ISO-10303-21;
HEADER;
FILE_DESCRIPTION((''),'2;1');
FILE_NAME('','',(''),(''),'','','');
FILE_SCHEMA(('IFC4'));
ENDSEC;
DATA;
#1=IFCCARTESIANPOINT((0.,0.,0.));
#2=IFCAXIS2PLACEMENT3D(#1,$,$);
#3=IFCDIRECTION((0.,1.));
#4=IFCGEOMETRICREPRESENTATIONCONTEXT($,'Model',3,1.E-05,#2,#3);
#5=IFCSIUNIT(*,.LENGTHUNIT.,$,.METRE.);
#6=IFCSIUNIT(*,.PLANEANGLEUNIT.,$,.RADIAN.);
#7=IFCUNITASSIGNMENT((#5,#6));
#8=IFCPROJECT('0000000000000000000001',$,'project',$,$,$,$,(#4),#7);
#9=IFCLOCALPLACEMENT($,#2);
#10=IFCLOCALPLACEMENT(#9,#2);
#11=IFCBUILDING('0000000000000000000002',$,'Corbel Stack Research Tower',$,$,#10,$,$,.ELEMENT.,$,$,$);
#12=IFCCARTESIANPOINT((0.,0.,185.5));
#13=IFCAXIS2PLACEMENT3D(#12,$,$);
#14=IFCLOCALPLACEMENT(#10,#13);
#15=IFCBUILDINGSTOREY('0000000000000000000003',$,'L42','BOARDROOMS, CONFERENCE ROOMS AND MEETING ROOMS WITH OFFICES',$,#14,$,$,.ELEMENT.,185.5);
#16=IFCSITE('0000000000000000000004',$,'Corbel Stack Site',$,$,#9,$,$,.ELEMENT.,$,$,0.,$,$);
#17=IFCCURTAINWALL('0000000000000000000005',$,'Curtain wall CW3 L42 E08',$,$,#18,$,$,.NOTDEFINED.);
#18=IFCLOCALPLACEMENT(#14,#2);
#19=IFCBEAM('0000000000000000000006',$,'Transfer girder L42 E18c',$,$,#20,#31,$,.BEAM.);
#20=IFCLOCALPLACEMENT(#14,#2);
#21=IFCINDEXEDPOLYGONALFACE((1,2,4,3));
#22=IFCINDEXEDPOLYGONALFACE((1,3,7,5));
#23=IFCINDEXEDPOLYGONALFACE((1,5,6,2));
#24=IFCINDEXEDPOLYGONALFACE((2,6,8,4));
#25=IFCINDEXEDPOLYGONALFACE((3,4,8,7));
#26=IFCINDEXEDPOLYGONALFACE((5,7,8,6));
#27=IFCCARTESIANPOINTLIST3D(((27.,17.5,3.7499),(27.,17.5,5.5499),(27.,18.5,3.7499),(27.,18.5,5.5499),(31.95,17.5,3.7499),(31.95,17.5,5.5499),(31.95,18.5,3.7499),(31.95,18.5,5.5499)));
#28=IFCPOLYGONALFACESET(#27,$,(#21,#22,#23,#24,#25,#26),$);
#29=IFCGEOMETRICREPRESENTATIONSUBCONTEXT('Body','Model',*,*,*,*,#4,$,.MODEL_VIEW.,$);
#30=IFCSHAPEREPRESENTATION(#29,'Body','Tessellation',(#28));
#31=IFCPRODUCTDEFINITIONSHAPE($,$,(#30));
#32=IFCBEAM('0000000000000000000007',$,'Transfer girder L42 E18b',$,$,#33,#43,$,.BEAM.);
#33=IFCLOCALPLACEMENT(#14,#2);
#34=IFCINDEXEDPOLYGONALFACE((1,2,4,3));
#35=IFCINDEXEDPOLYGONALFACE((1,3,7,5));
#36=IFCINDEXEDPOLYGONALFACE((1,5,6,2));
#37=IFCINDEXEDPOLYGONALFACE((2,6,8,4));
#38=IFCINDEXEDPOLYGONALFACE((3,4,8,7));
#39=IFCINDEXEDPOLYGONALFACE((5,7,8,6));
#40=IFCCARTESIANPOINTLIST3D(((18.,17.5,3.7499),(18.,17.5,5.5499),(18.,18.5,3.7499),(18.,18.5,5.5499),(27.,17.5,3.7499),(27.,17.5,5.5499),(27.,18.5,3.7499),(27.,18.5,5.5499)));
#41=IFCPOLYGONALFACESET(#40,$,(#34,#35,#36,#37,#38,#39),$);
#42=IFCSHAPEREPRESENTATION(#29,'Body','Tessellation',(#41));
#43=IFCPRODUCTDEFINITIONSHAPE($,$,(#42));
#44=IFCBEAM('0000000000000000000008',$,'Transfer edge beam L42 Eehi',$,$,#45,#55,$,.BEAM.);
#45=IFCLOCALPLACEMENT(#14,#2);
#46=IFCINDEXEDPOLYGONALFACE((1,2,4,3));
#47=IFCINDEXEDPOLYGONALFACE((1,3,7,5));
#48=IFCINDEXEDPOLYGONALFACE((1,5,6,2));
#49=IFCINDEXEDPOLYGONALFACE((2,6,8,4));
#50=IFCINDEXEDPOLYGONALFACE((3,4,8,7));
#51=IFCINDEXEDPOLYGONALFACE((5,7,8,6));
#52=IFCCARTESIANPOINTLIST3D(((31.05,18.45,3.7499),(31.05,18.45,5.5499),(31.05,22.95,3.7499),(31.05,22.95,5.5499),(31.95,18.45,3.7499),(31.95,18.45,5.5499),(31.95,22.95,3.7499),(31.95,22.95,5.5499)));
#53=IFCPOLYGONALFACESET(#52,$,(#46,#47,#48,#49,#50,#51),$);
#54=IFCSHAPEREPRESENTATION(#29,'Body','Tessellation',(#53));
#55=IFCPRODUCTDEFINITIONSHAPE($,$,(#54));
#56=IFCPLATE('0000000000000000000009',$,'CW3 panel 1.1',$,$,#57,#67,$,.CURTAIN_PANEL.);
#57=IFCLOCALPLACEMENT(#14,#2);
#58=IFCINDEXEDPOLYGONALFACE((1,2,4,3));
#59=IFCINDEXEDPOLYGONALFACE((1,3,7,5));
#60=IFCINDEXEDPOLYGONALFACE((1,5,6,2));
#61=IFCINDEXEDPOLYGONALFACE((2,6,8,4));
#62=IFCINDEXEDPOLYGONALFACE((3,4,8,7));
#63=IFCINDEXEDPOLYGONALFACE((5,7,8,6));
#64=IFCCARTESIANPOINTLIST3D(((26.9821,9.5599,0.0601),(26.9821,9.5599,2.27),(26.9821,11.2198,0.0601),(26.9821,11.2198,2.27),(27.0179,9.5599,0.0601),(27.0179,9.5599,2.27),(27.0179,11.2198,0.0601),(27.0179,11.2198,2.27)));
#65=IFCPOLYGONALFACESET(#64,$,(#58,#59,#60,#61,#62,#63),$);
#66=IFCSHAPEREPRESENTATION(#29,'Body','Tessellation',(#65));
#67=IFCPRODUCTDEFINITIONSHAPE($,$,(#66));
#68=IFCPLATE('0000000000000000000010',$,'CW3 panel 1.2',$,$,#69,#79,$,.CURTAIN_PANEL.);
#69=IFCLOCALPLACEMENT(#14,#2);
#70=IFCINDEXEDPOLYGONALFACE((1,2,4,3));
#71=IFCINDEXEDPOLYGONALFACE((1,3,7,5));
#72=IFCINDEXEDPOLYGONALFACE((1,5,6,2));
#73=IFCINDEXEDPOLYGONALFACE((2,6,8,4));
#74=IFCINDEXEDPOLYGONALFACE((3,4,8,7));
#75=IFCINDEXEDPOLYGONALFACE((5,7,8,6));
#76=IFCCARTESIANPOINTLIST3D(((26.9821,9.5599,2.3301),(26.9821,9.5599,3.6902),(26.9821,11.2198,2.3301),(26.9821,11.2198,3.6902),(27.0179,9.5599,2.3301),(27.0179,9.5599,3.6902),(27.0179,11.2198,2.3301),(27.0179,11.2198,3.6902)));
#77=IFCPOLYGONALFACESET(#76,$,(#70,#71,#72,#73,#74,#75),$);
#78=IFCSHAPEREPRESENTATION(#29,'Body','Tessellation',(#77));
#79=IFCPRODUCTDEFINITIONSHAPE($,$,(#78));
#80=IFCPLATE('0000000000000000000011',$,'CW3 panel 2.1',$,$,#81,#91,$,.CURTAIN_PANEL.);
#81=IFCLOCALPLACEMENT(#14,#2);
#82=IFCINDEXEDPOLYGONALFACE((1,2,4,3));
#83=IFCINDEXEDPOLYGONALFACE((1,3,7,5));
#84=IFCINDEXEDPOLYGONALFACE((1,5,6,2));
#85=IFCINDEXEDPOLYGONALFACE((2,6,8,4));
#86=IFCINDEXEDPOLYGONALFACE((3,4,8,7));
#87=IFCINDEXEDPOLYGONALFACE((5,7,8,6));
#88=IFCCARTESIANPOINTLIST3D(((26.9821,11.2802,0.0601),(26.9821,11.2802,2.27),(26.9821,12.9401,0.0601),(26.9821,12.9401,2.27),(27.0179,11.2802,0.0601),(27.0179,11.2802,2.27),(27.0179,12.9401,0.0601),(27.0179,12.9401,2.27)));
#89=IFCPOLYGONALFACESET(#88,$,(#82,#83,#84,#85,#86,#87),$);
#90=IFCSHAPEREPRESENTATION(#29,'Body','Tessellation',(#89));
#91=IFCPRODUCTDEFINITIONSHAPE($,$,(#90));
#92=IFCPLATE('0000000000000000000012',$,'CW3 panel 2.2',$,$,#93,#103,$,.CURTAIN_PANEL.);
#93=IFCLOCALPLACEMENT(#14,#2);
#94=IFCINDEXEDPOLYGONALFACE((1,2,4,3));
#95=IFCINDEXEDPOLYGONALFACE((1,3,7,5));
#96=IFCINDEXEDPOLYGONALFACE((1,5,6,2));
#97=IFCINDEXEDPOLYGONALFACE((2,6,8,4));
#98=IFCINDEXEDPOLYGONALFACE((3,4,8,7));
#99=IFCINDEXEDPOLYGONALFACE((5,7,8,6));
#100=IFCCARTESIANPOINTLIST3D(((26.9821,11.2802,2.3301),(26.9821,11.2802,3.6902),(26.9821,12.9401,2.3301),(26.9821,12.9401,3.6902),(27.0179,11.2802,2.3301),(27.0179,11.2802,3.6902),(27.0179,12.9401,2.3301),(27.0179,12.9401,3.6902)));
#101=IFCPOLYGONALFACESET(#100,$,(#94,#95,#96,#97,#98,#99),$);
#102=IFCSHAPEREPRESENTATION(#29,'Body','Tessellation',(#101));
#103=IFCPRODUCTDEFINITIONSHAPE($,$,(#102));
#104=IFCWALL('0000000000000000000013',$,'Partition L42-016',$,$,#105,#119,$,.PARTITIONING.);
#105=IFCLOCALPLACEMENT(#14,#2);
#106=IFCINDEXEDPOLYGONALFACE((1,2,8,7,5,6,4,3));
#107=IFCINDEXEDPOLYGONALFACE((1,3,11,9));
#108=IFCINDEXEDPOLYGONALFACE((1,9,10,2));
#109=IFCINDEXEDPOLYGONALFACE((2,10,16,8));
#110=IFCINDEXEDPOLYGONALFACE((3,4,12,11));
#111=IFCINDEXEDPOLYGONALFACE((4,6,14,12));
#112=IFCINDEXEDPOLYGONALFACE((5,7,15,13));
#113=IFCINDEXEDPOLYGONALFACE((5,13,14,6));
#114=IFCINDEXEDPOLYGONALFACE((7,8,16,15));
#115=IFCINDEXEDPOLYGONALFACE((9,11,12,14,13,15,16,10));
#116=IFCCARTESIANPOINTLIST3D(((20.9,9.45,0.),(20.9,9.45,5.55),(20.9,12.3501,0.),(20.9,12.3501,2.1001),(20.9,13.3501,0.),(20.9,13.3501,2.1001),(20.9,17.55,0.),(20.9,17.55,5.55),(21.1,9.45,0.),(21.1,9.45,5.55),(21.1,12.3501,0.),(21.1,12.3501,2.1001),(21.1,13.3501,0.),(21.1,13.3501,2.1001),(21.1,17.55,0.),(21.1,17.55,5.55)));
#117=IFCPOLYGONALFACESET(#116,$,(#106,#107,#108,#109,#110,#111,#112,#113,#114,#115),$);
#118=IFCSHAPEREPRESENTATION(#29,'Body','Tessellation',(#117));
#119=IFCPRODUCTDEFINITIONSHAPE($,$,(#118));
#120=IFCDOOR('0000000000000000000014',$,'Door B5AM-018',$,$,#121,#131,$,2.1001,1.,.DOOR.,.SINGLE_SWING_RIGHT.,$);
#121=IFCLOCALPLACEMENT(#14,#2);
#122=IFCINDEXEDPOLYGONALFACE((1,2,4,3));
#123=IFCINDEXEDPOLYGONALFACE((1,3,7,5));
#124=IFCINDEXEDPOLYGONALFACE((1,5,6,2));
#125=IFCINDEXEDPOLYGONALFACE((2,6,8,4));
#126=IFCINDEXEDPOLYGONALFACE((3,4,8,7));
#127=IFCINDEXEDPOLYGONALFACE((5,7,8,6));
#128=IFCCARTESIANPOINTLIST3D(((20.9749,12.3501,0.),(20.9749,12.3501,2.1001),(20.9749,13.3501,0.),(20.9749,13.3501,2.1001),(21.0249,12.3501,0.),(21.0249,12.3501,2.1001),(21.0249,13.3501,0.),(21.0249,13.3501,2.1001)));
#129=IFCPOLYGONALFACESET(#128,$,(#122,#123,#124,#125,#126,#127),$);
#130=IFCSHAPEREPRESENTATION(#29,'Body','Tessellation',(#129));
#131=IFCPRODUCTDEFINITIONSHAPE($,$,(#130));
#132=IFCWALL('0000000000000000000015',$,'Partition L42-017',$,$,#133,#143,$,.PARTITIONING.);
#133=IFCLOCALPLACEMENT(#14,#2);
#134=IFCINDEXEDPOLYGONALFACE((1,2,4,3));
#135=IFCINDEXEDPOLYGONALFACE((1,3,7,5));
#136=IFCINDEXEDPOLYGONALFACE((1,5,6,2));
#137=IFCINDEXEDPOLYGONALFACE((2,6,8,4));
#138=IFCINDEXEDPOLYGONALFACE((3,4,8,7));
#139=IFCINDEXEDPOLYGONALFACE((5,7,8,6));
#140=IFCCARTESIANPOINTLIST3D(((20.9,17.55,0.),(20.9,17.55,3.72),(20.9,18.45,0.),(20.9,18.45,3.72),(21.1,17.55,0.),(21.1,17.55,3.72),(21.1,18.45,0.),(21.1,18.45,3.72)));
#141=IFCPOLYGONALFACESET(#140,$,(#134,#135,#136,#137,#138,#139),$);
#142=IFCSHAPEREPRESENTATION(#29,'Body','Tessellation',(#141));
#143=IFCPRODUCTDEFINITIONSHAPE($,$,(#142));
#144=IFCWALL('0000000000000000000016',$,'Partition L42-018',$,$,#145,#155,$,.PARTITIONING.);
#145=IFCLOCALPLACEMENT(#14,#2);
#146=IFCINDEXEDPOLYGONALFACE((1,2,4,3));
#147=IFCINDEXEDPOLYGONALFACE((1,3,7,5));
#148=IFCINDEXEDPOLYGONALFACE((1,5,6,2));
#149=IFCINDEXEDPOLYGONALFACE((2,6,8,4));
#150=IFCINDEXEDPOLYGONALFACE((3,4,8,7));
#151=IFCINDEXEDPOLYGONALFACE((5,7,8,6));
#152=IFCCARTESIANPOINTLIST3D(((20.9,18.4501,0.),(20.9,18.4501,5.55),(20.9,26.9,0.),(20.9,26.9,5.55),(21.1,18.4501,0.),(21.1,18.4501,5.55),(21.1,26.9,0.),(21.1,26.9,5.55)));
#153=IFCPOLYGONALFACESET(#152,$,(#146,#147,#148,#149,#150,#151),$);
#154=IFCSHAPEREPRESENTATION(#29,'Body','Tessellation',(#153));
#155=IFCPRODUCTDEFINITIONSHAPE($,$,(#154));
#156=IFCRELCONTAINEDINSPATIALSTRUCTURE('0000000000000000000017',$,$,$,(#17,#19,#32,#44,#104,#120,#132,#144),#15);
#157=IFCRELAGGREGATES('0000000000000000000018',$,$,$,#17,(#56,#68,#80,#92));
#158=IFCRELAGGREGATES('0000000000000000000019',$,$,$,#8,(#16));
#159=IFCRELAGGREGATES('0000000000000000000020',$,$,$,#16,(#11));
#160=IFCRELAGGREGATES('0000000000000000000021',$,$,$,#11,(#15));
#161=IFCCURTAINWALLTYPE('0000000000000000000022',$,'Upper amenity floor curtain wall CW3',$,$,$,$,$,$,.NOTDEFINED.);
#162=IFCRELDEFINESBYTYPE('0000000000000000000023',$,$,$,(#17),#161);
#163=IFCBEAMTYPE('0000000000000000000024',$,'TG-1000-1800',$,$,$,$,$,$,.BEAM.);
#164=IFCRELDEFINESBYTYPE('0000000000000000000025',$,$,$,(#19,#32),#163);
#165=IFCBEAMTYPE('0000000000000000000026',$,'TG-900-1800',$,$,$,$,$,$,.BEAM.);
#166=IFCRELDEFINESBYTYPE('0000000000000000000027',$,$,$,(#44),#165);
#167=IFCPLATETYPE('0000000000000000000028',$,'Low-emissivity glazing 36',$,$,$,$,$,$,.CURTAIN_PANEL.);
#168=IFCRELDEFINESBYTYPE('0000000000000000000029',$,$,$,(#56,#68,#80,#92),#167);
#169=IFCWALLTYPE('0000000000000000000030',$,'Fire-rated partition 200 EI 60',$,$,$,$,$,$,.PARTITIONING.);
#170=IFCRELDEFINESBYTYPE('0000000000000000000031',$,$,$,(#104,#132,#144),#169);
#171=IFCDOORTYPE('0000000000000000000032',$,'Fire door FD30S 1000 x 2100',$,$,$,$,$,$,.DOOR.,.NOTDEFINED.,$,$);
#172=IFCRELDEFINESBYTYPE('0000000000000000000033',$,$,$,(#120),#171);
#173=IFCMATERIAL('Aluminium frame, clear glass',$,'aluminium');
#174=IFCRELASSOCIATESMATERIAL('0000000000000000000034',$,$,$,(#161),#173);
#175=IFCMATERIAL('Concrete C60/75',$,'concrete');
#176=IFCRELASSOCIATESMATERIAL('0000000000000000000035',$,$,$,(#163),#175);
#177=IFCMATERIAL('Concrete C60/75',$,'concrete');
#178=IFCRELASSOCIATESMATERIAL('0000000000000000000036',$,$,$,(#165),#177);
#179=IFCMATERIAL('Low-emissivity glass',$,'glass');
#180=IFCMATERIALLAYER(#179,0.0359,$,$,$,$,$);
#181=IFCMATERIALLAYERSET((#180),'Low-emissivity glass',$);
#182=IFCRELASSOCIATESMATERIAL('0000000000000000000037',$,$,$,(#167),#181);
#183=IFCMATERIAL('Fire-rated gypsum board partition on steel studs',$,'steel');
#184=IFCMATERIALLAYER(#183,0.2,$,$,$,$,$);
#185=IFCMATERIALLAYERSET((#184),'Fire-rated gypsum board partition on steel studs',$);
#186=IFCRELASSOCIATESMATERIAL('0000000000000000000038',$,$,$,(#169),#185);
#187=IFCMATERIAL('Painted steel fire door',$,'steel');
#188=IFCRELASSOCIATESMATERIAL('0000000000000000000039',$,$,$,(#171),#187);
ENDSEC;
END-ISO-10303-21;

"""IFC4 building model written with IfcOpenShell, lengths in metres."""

from ifc_helpers import new_model, si_unit, direction, frame, frame_2d, origin, origin_2d, place, context, subcontext, project, spatial, rectangle, extrude, material, layer, layer_set, material_profile, profile_set, type_object, element, fill, aggregate, save


model = new_model("IFC4")

# Units and contexts
model_context = context("Model", 3, precision=1e-05, world=origin(), true_north=direction((0.0, 1.0)))
body_context = subcontext(model_context, "Body", "Model", "MODEL_VIEW")
ifc_project = project(units=[si_unit("LENGTHUNIT", "METRE"), si_unit("PLANEANGLEUNIT", "RADIAN")], contexts=[model_context])

# Site, building, storey
site_placement = place(None, origin())
site = spatial("IfcSite", under=ifc_project, at=site_placement, Name="Corbel Stack Site", CompositionType="ELEMENT", RefElevation=0.0)
building_placement = place(site_placement, origin())
building = spatial("IfcBuilding", under=site, at=building_placement, Name="Corbel Stack Research Tower", CompositionType="ELEMENT")
storey_placement = place(building_placement, frame((0.0, 0.0, 185.5)))
storey = spatial("IfcBuildingStorey", under=building, at=storey_placement, Name="L42", Description="BOARDROOMS, CONFERENCE ROOMS AND MEETING ROOMS WITH OFFICES", CompositionType="ELEMENT", Elevation=185.5)

# Curtain wall
ifc_material_1 = material(Name="Aluminium frame, clear glass", Category="aluminium")
curtain_wall_type = type_object("IfcCurtainWallType", Name="Upper amenity floor curtain wall CW3", PredefinedType="NOTDEFINED", material=ifc_material_1)
curtain_wall_1_placement = place(storey_placement, origin())
curtain_wall_1 = element("IfcCurtainWall", 1, at=curtain_wall_1_placement, inside=storey, type_object=curtain_wall_type, Name="Curtain wall CW3 L42 E08", PredefinedType="NOTDEFINED")

# Beams
ifc_material_2 = material(Name="Concrete C60/75", Category="concrete")
ifc_material_profile_1 = material_profile(ifc_material_2, rectangle(XDim=1.0, YDim=1.8, at=origin_2d()), Name="RC 1000 x 1800")
ifc_profile_set_1 = profile_set([ifc_material_profile_1], Name="Concrete C60/75")
beam_type_1 = type_object("IfcBeamType", Name="TG-1000-1800", PredefinedType="BEAM", material=ifc_profile_set_1)
beam_1_placement = place(storey_placement, frame((31.95, 18.0, 4.6499), z_axis=(-1.0, 0.0, 0.0), x_axis=(0.0, -1.0, 0.0)))
element("IfcBeam", 2, at=beam_1_placement, inside=storey, type_object=beam_type_1, Name="Transfer girder L42 E18c", PredefinedType="BEAM", context=body_context, shape_type="SweptSolid", body=[
    extrude(rectangle(XDim=1.0, YDim=1.8, at=origin_2d()), origin(), (0.0, 0.0, 1.0), 4.95),
])
beam_2_placement = place(storey_placement, frame((27.0, 18.0, 4.6499), z_axis=(-1.0, 0.0, 0.0), x_axis=(0.0, -1.0, 0.0)))
element("IfcBeam", 3, at=beam_2_placement, inside=storey, type_object=beam_type_1, Name="Transfer girder L42 E18b", PredefinedType="BEAM", context=body_context, shape_type="SweptSolid", body=[
    extrude(rectangle(XDim=1.0, YDim=1.8, at=origin_2d()), origin(), (0.0, 0.0, 1.0), 9.0),
])
ifc_material_3 = material(Name="Concrete C60/75", Category="concrete")
ifc_material_profile_2 = material_profile(ifc_material_3, rectangle(XDim=0.8999, YDim=1.8, at=origin_2d()), Name="RC 900 x 1800")
ifc_profile_set_2 = profile_set([ifc_material_profile_2], Name="Concrete C60/75")
beam_type_2 = type_object("IfcBeamType", Name="TG-900-1800", PredefinedType="BEAM", material=ifc_profile_set_2)
beam_3_placement = place(storey_placement, frame((31.5, 18.45, 4.6499), z_axis=(0.0, 1.0, 0.0), x_axis=(-1.0, 0.0, 0.0)))
element("IfcBeam", 4, at=beam_3_placement, inside=storey, type_object=beam_type_2, Name="Transfer edge beam L42 Eehi", PredefinedType="BEAM", context=body_context, shape_type="SweptSolid", body=[
    extrude(rectangle(XDim=0.8999, YDim=1.8, at=origin_2d()), origin(), (0.0, 0.0, 1.0), 4.5),
])

# Plates
ifc_material_4 = material(Name="Low-emissivity glass", Category="glass")
ifc_layer_1 = layer(ifc_material_4, 0.0359)
ifc_layer_set_1 = layer_set([ifc_layer_1], Name="Low-emissivity glass")
plate_type = type_object("IfcPlateType", Name="Low-emissivity glazing 36", PredefinedType="CURTAIN_PANEL", material=ifc_layer_set_1)
plate_1_placement = place(storey_placement, frame((27.0, 10.3899, 0.0601), z_axis=(0.0, 0.0, 1.0), x_axis=(0.0, 1.0, 0.0)))
plate_1 = element("IfcPlate", 5, at=plate_1_placement, type_object=plate_type, Name="CW3 panel 1.1", PredefinedType="CURTAIN_PANEL", context=body_context, shape_type="SweptSolid", body=[
    extrude(rectangle(XDim=1.6599, YDim=0.0359, at=origin_2d()), origin(), (0.0, 0.0, 1.0), 2.21),
])
plate_2_placement = place(storey_placement, frame((27.0, 10.3899, 2.3301), z_axis=(0.0, 0.0, 1.0), x_axis=(0.0, 1.0, 0.0)))
plate_2 = element("IfcPlate", 6, at=plate_2_placement, type_object=plate_type, Name="CW3 panel 1.2", PredefinedType="CURTAIN_PANEL", context=body_context, shape_type="SweptSolid", body=[
    extrude(rectangle(XDim=1.6599, YDim=0.0359, at=origin_2d()), origin(), (0.0, 0.0, 1.0), 1.3601),
])
plate_3_placement = place(storey_placement, frame((27.0, 12.1101, 0.0601), z_axis=(0.0, 0.0, 1.0), x_axis=(0.0, 1.0, 0.0)))
plate_3 = element("IfcPlate", 7, at=plate_3_placement, type_object=plate_type, Name="CW3 panel 2.1", PredefinedType="CURTAIN_PANEL", context=body_context, shape_type="SweptSolid", body=[
    extrude(rectangle(XDim=1.6599, YDim=0.0359, at=origin_2d()), origin(), (0.0, 0.0, 1.0), 2.21),
])
plate_4_placement = place(storey_placement, frame((27.0, 12.1101, 2.3301), z_axis=(0.0, 0.0, 1.0), x_axis=(0.0, 1.0, 0.0)))
plate_4 = element("IfcPlate", 8, at=plate_4_placement, type_object=plate_type, Name="CW3 panel 2.2", PredefinedType="CURTAIN_PANEL", context=body_context, shape_type="SweptSolid", body=[
    extrude(rectangle(XDim=1.6599, YDim=0.0359, at=origin_2d()), origin(), (0.0, 0.0, 1.0), 1.3601),
])
aggregate(curtain_wall_1, [plate_1, plate_2, plate_3, plate_4])

# Wall, opening, door
ifc_material_5 = material(Name="Fire-rated gypsum board partition on steel studs", Category="steel")
ifc_layer_2 = layer(ifc_material_5, 0.2)
ifc_layer_set_2 = layer_set([ifc_layer_2], Name="Fire-rated gypsum board partition on steel studs")
wall_type_1 = type_object("IfcWallType", Name="Fire-rated partition 200 EI 60", PredefinedType="PARTITIONING", material=ifc_layer_set_2)
wall_1_placement = place(storey_placement, frame((21.0, 17.55, 0.0), z_axis=(0.0, 0.0, 1.0), x_axis=(0.0, -1.0, 0.0)))
wall_1 = element("IfcWall", 9, at=wall_1_placement, inside=storey, type_object=wall_type_1, Name="Partition L42-016", PredefinedType="PARTITIONING", context=body_context, shape_type="SweptSolid", body=[
    extrude(rectangle(XDim=8.1001, YDim=0.2, at=frame_2d((4.05, 0.0))), origin(), (0.0, 0.0, 1.0), 5.55),
])
opening_1_placement = place(wall_1_placement, frame((4.2, 0.0, 0.0)))
opening_1 = element("IfcOpeningElement", 10, at=opening_1_placement, cuts=wall_1, PredefinedType="OPENING", context=body_context, shape_type="SweptSolid", body=[
    extrude(rectangle(XDim=1.0, YDim=2.1001, at=frame_2d((0.5, 1.05))), frame((0.0, 0.1099, 0.0), z_axis=(0.0, -1.0, 0.0), x_axis=(1.0, 0.0, 0.0)), (0.0, 0.0, 1.0), 0.22),
])
ifc_material_6 = material(Name="Painted steel fire door", Category="steel")
door_type_1 = type_object("IfcDoorType", Name="Fire door FD30S 1000 x 2100", OperationType="NOTDEFINED", PredefinedType="DOOR", material=ifc_material_6)
door_1_placement = place(opening_1_placement, origin())
door_1 = element("IfcDoor", 11, at=door_1_placement, inside=storey, type_object=door_type_1, Name="Door B5AM-018", OperationType="SINGLE_SWING_RIGHT", OverallHeight=2.1001, OverallWidth=1.0, PredefinedType="DOOR", context=body_context, shape_type="SweptSolid", body=[
    extrude(rectangle(XDim=1.0, YDim=2.1001, at=frame_2d((0.5, 1.05))), frame((0.0, 0.0249, 0.0), z_axis=(0.0, -1.0, 0.0), x_axis=(1.0, 0.0, 0.0)), (0.0, 0.0, 1.0), 0.05),
])
fill(opening_1, door_1)

# Walls
wall_2_placement = place(storey_placement, frame((21.0, 17.55, 0.0), z_axis=(0.0, 0.0, 1.0), x_axis=(0.0, 1.0, 0.0)))
element("IfcWall", 12, at=wall_2_placement, inside=storey, type_object=wall_type_1, Name="Partition L42-017", PredefinedType="PARTITIONING", context=body_context, shape_type="SweptSolid", body=[
    extrude(rectangle(XDim=0.8999, YDim=0.2, at=frame_2d((0.45, 0.0))), origin(), (0.0, 0.0, 1.0), 3.72),
])
wall_3_placement = place(storey_placement, frame((21.0, 18.45, 0.0), z_axis=(0.0, 0.0, 1.0), x_axis=(0.0, 1.0, 0.0)))
element("IfcWall", 13, at=wall_3_placement, inside=storey, type_object=wall_type_1, Name="Partition L42-018", PredefinedType="PARTITIONING", context=body_context, shape_type="SweptSolid", body=[
    extrude(rectangle(XDim=8.45, YDim=0.2, at=frame_2d((4.2251, 0.0))), origin(), (0.0, 0.0, 1.0), 5.55),
])

save(model, "model.ifc")
